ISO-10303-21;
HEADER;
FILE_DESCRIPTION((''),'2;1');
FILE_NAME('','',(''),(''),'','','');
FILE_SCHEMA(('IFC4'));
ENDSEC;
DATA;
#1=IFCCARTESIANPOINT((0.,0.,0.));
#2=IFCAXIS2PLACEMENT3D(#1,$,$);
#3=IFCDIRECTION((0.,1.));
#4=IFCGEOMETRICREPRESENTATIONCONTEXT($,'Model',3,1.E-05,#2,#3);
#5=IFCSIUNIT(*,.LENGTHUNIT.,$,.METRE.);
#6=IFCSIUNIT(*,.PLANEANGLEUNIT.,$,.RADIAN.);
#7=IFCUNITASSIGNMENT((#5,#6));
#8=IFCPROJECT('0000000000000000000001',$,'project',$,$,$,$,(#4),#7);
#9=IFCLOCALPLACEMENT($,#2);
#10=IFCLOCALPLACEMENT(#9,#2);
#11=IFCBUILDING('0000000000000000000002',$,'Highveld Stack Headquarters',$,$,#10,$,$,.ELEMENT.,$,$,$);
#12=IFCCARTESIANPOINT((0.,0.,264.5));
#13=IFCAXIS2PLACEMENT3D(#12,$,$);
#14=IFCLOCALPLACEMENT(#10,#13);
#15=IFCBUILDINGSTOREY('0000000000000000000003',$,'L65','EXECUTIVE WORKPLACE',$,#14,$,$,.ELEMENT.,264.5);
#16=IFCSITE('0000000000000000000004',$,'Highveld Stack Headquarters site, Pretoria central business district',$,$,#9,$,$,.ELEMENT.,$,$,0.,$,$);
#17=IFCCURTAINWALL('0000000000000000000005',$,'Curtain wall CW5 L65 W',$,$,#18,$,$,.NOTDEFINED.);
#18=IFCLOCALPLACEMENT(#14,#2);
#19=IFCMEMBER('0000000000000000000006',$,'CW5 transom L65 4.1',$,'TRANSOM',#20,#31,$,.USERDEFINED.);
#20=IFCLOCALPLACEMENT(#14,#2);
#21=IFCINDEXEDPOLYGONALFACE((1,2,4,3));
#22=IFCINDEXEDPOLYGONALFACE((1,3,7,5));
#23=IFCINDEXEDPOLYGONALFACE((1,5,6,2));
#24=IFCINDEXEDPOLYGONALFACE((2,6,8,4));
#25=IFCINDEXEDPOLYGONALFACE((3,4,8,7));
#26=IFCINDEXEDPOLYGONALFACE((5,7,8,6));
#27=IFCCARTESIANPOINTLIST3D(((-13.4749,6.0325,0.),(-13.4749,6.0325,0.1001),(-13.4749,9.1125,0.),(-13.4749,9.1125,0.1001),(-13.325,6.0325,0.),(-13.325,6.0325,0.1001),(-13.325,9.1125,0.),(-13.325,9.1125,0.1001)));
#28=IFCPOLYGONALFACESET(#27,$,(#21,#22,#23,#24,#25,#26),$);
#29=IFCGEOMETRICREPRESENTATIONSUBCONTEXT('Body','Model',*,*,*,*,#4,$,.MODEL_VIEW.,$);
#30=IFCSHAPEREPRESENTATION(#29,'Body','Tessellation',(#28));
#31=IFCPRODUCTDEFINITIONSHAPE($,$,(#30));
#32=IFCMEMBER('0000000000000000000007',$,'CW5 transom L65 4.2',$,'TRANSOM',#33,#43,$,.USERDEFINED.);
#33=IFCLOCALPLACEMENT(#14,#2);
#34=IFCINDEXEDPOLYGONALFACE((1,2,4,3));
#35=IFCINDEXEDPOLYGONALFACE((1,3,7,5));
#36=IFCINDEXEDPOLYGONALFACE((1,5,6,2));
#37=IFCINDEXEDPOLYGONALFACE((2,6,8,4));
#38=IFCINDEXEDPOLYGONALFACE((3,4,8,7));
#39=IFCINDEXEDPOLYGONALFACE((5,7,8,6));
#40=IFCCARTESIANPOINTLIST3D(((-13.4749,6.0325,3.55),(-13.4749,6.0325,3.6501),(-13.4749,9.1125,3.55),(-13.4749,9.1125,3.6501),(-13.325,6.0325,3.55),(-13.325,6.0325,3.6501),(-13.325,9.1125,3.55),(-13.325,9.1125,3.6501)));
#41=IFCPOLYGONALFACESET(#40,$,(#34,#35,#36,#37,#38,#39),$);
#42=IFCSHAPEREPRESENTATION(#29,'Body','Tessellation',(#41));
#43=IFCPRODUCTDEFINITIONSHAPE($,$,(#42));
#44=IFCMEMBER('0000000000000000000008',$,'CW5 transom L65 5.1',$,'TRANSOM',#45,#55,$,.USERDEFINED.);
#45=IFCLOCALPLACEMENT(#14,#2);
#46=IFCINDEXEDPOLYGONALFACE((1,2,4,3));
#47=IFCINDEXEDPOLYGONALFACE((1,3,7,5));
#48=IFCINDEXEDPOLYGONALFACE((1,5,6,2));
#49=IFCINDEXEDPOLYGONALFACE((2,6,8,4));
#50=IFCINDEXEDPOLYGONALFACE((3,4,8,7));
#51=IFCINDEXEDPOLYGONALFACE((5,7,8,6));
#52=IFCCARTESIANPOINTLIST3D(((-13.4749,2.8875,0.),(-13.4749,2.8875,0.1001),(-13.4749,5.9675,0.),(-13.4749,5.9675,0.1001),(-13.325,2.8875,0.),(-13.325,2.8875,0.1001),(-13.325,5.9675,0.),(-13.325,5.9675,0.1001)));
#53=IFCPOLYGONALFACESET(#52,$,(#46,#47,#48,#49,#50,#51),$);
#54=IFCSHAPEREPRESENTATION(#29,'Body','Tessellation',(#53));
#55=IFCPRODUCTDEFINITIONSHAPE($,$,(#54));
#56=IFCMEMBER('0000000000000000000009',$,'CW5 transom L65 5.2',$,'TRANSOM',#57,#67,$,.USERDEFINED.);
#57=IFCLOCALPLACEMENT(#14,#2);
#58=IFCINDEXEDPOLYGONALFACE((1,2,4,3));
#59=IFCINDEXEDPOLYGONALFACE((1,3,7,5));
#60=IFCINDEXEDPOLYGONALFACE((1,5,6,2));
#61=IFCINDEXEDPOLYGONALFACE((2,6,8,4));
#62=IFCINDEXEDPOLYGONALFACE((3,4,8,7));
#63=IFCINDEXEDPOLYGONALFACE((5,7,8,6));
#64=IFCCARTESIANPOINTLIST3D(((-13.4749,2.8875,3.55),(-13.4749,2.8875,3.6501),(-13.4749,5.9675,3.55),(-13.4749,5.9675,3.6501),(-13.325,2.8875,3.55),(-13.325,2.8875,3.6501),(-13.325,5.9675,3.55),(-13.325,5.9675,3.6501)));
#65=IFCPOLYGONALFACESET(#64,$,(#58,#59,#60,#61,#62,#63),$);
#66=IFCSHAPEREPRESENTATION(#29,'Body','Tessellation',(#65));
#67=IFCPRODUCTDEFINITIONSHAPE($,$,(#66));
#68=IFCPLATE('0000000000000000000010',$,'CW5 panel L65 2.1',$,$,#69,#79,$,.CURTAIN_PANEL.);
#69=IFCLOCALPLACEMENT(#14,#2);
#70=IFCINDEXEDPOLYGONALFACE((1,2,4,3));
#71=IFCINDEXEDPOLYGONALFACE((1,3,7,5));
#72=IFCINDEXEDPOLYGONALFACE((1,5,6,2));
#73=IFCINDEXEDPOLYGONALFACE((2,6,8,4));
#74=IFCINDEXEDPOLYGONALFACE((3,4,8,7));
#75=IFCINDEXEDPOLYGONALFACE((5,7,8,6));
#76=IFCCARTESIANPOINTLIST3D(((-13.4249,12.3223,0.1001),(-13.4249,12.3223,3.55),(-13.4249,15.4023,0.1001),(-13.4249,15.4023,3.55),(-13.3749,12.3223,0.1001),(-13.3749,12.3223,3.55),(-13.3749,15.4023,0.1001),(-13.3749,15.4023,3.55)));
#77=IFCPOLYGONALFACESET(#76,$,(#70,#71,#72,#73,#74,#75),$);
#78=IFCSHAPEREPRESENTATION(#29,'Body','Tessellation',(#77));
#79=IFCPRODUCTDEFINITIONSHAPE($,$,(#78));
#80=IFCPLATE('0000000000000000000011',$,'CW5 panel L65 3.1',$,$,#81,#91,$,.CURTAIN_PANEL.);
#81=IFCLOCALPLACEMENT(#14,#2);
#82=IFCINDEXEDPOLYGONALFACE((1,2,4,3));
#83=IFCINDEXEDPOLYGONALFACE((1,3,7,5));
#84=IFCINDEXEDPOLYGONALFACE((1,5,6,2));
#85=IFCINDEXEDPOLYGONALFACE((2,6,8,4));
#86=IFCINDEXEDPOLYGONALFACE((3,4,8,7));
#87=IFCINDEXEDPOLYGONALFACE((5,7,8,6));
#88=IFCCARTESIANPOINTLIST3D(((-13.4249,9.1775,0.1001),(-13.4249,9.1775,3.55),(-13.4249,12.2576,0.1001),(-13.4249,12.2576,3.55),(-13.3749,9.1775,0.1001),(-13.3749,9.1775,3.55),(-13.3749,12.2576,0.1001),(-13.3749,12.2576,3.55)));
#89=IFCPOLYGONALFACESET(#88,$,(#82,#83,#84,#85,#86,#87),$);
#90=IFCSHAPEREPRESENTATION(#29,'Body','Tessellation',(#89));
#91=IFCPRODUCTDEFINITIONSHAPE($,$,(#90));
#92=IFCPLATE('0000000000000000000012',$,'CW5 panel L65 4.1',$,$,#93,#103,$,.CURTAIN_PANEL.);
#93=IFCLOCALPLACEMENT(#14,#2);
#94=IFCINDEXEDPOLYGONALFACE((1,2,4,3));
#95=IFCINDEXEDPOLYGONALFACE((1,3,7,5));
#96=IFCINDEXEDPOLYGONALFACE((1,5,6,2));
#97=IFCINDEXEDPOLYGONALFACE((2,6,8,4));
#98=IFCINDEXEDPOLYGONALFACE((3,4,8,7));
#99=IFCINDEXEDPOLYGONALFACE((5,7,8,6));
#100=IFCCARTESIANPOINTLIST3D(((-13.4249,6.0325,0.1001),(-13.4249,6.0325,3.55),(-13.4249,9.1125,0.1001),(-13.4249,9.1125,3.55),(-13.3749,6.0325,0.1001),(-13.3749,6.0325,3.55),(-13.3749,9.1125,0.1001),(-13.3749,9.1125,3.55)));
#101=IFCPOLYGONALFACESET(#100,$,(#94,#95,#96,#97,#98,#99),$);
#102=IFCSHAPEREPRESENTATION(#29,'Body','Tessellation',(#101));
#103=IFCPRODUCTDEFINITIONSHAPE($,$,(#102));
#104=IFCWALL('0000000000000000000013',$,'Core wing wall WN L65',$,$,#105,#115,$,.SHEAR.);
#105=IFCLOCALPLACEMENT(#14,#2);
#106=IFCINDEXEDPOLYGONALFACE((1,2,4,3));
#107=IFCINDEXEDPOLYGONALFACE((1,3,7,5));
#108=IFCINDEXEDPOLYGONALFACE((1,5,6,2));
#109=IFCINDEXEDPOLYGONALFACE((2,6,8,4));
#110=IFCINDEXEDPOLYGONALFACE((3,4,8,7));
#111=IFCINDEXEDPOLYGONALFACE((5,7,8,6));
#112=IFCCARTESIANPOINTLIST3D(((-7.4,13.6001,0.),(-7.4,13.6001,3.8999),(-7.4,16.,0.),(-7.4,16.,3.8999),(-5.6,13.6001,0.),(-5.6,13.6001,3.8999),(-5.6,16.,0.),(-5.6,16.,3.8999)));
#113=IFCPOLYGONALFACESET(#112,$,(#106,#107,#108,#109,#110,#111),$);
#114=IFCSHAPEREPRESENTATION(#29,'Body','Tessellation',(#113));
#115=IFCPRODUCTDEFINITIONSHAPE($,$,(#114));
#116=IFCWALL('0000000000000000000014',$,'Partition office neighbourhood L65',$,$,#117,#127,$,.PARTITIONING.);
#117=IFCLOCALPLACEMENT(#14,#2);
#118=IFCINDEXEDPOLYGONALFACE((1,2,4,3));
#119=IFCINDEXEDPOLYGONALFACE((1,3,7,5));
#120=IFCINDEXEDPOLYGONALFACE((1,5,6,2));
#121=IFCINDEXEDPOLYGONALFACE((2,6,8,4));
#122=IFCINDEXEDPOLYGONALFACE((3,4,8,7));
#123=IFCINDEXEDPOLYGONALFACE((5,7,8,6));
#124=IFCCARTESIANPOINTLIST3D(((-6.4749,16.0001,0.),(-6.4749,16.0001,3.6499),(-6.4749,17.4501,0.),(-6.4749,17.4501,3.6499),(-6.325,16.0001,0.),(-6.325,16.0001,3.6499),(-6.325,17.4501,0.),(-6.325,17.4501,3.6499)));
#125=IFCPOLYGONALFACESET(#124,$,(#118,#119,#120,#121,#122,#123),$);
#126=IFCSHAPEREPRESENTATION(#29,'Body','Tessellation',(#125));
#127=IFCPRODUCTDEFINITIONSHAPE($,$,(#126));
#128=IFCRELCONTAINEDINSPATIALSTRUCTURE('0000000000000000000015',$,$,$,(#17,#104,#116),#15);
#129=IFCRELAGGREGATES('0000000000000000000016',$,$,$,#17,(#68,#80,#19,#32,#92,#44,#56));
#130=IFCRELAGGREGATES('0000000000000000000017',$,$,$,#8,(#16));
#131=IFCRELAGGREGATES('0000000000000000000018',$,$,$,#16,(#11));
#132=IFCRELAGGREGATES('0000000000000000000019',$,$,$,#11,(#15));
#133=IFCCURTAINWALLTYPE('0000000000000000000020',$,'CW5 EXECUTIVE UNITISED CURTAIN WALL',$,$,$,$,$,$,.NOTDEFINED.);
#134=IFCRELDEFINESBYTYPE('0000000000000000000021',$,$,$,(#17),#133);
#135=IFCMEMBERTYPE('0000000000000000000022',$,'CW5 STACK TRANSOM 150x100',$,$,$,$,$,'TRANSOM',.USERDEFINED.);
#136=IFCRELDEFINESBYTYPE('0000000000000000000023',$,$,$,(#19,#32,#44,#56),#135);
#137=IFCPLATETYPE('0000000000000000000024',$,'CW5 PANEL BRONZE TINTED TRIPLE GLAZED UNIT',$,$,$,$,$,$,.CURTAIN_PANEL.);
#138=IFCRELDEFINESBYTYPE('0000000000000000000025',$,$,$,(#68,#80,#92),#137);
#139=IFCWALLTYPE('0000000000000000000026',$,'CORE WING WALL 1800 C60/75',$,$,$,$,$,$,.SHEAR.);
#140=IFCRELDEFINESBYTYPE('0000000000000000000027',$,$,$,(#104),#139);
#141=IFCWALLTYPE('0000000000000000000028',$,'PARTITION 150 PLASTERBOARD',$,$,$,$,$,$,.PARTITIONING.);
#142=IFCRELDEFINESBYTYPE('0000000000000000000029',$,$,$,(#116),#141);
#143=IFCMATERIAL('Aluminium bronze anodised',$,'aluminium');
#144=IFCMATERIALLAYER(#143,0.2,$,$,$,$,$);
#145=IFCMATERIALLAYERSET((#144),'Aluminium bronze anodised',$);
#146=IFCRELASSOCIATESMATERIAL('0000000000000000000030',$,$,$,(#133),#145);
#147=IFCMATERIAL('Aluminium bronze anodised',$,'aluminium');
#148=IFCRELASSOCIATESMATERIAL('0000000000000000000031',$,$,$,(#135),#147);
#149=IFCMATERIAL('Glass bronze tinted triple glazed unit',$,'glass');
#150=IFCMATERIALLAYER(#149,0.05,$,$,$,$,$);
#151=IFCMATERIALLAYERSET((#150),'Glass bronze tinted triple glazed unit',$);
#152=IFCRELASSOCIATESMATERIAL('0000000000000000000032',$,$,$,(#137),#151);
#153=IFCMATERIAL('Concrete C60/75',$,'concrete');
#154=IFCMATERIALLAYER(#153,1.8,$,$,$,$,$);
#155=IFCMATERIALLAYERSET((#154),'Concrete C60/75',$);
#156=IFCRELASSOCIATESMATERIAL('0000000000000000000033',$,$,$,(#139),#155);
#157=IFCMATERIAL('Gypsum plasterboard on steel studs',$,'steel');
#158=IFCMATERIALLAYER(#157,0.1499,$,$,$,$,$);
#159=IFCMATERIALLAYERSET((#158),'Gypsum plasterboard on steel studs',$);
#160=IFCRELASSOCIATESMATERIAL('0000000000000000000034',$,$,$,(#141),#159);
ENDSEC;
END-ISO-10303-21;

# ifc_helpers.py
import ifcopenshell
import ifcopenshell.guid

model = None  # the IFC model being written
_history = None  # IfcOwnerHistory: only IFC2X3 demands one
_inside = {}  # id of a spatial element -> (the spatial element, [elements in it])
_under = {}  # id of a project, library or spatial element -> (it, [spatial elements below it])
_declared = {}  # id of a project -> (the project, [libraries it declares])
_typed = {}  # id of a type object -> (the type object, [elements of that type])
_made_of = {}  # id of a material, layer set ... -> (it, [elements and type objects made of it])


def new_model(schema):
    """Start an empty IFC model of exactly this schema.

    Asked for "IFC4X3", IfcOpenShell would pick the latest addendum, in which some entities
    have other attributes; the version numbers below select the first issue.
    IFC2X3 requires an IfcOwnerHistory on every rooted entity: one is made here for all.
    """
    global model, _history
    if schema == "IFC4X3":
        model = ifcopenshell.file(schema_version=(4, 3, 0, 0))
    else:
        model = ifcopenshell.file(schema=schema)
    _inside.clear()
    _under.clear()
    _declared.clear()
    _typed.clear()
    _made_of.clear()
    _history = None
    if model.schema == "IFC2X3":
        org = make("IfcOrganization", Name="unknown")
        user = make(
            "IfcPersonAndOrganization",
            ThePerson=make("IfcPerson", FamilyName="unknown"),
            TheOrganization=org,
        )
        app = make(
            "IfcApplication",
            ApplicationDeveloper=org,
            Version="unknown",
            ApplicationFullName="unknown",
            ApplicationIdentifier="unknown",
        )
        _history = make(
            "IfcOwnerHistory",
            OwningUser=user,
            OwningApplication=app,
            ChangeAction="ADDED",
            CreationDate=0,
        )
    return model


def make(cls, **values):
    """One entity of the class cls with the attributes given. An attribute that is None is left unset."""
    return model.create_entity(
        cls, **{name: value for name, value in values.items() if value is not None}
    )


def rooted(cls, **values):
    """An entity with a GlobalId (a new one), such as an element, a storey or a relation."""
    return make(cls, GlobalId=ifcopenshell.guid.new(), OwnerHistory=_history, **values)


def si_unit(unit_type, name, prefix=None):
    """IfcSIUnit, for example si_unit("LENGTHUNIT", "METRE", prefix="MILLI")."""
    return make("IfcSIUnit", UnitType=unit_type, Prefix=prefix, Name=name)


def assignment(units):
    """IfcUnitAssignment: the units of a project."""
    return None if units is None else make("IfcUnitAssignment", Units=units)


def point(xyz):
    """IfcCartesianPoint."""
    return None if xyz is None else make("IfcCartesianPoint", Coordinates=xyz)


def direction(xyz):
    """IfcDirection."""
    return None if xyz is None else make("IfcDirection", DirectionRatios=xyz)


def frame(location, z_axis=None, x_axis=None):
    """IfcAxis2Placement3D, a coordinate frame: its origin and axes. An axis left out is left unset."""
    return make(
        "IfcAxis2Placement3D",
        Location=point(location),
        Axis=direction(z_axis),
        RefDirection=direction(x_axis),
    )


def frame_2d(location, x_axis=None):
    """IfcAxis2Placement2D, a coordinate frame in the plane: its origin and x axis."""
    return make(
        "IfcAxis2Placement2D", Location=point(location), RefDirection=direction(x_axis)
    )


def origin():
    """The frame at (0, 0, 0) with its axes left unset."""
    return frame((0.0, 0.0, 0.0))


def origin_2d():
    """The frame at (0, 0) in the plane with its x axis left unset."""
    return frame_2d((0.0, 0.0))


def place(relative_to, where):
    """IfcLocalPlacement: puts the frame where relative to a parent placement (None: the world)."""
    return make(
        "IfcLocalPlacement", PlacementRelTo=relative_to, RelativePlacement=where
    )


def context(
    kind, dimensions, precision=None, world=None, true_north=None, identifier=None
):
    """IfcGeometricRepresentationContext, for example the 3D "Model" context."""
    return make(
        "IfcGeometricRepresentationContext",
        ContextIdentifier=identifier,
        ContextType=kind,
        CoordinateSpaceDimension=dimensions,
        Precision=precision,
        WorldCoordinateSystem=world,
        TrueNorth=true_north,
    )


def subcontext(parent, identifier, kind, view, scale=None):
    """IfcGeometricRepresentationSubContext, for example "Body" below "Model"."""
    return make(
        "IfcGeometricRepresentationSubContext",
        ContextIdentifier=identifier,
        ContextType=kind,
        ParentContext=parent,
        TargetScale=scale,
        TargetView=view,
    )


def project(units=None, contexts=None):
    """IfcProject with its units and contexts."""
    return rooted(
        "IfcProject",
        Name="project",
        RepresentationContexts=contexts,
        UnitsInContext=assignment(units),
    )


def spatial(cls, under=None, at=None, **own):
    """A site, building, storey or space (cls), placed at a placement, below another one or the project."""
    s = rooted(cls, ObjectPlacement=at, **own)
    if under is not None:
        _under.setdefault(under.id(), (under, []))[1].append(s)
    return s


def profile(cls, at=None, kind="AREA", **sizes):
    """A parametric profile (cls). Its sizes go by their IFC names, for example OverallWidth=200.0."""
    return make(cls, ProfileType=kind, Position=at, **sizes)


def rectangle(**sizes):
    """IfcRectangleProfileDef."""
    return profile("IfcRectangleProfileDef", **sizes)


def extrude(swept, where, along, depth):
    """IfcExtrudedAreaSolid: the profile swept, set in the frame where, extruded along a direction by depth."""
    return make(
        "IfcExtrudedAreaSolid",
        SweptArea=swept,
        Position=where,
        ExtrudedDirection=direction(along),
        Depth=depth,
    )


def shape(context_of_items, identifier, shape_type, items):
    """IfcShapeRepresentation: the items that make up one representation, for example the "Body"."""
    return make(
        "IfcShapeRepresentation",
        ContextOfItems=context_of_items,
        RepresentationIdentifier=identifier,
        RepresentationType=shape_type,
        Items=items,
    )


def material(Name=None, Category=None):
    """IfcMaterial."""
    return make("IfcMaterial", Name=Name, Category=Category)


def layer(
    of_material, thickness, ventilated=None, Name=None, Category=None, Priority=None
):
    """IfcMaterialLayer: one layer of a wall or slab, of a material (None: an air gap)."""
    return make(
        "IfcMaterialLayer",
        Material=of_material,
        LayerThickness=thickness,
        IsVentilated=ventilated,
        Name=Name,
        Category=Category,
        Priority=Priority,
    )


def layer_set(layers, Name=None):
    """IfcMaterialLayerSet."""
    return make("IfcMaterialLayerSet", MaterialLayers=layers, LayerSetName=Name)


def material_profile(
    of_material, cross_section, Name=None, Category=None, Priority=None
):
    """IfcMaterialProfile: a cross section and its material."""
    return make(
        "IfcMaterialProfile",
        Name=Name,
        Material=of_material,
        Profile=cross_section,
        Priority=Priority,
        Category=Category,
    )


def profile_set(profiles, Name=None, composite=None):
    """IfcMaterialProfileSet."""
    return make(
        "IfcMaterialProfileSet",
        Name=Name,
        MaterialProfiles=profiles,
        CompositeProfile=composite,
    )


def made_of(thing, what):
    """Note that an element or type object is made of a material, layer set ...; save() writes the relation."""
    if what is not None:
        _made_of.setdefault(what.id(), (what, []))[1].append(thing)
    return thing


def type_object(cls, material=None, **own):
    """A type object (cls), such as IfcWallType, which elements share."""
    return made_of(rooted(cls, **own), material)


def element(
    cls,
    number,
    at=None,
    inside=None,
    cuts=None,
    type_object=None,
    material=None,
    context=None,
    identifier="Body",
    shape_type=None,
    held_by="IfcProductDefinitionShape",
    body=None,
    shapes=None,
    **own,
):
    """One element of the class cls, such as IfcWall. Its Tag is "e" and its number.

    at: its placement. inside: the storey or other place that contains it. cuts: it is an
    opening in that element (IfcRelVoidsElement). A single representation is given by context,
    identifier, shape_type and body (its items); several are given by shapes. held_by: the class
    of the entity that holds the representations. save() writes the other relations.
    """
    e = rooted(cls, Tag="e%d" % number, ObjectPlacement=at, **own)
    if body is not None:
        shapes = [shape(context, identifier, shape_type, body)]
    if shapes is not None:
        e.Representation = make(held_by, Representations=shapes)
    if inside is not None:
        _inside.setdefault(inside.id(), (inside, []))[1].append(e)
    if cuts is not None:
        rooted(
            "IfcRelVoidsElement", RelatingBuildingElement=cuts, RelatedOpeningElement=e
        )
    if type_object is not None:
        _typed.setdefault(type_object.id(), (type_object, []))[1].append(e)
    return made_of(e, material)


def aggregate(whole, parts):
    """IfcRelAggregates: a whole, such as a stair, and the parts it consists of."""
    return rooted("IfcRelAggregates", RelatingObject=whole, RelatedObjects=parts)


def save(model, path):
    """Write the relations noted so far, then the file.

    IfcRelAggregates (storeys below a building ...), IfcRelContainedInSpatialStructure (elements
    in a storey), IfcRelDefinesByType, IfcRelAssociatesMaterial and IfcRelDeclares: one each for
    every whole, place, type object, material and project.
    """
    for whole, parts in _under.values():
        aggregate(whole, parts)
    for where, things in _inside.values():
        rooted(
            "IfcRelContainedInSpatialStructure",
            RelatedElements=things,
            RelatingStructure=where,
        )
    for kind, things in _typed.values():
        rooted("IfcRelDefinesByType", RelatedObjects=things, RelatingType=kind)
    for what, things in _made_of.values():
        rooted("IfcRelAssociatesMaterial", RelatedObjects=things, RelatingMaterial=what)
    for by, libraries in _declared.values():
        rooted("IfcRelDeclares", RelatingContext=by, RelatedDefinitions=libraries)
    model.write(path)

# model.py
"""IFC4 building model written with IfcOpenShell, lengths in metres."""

from ifc_helpers import new_model, si_unit, direction, frame, frame_2d, origin, origin_2d, place, context, subcontext, project, spatial, rectangle, extrude, material, layer, layer_set, material_profile, profile_set, type_object, element, aggregate, save


model = new_model("IFC4")

# Units and contexts
model_context = context("Model", 3, precision=1e-05, world=origin(), true_north=direction((0.0, 1.0)))
body_context = subcontext(model_context, "Body", "Model", "MODEL_VIEW")
ifc_project = project(units=[si_unit("LENGTHUNIT", "METRE"), si_unit("PLANEANGLEUNIT", "RADIAN")], contexts=[model_context])

# Site, building, storey
site_placement = place(None, origin())
site = spatial("IfcSite", under=ifc_project, at=site_placement, Name="Highveld Stack Headquarters site, Pretoria central business district", CompositionType="ELEMENT", RefElevation=0.0)
building_placement = place(site_placement, origin())
building = spatial("IfcBuilding", under=site, at=building_placement, Name="Highveld Stack Headquarters", CompositionType="ELEMENT")
storey_placement = place(building_placement, frame((0.0, 0.0, 264.5)))
storey = spatial("IfcBuildingStorey", under=building, at=storey_placement, Name="L65", Description="EXECUTIVE WORKPLACE", CompositionType="ELEMENT", Elevation=264.5)

# Curtain wall, members, plates
ifc_material_1 = material(Name="Aluminium bronze anodised", Category="aluminium")
ifc_layer_1 = layer(ifc_material_1, 0.2)
ifc_layer_set_1 = layer_set([ifc_layer_1], Name="Aluminium bronze anodised")
curtain_wall_type = type_object("IfcCurtainWallType", Name="CW5 EXECUTIVE UNITISED CURTAIN WALL", PredefinedType="NOTDEFINED", material=ifc_layer_set_1)
curtain_wall_placement = place(storey_placement, origin())
curtain_wall = element("IfcCurtainWall", 1, at=curtain_wall_placement, inside=storey, type_object=curtain_wall_type, Name="Curtain wall CW5 L65 W", PredefinedType="NOTDEFINED")
ifc_material_2 = material(Name="Aluminium bronze anodised", Category="aluminium")
ifc_material_profile_1 = material_profile(ifc_material_2, rectangle(XDim=0.1499, YDim=0.1001, at=origin_2d()), Name="CW5 TRANSOM 150x100")
ifc_profile_set_1 = profile_set([ifc_material_profile_1], Name="Aluminium bronze anodised")
member_type_1 = type_object("IfcMemberType", Name="CW5 STACK TRANSOM 150x100", ElementType="TRANSOM", PredefinedType="USERDEFINED", material=ifc_profile_set_1)
member_1_placement = place(storey_placement, frame((-13.3999, 9.1125, 0.05), z_axis=(0.0, -1.0, 0.0), x_axis=(1.0, 0.0, 0.0)))
member_1 = element("IfcMember", 2, at=member_1_placement, type_object=member_type_1, Name="CW5 transom L65 4.1", ObjectType="TRANSOM", PredefinedType="USERDEFINED", context=body_context, shape_type="SweptSolid", body=[
    extrude(rectangle(XDim=0.1499, YDim=0.1001, at=origin_2d()), origin(), (0.0, 0.0, 1.0), 3.0801),
])
member_2_placement = place(storey_placement, frame((-13.3999, 9.1125, 3.6001), z_axis=(0.0, -1.0, 0.0), x_axis=(1.0, 0.0, 0.0)))
member_2 = element("IfcMember", 3, at=member_2_placement, type_object=member_type_1, Name="CW5 transom L65 4.2", ObjectType="TRANSOM", PredefinedType="USERDEFINED", context=body_context, shape_type="SweptSolid", body=[
    extrude(rectangle(XDim=0.1499, YDim=0.1001, at=origin_2d()), origin(), (0.0, 0.0, 1.0), 3.0801),
])
member_3_placement = place(storey_placement, frame((-13.3999, 5.9675, 0.05), z_axis=(0.0, -1.0, 0.0), x_axis=(1.0, 0.0, 0.0)))
member_3 = element("IfcMember", 4, at=member_3_placement, type_object=member_type_1, Name="CW5 transom L65 5.1", ObjectType="TRANSOM", PredefinedType="USERDEFINED", context=body_context, shape_type="SweptSolid", body=[
    extrude(rectangle(XDim=0.1499, YDim=0.1001, at=origin_2d()), origin(), (0.0, 0.0, 1.0), 3.0801),
])
member_4_placement = place(storey_placement, frame((-13.3999, 5.9675, 3.6001), z_axis=(0.0, -1.0, 0.0), x_axis=(1.0, 0.0, 0.0)))
member_4 = element("IfcMember", 5, at=member_4_placement, type_object=member_type_1, Name="CW5 transom L65 5.2", ObjectType="TRANSOM", PredefinedType="USERDEFINED", context=body_context, shape_type="SweptSolid", body=[
    extrude(rectangle(XDim=0.1499, YDim=0.1001, at=origin_2d()), origin(), (0.0, 0.0, 1.0), 3.0801),
])
ifc_material_3 = material(Name="Glass bronze tinted triple glazed unit", Category="glass")
ifc_layer_2 = layer(ifc_material_3, 0.05)
ifc_layer_set_2 = layer_set([ifc_layer_2], Name="Glass bronze tinted triple glazed unit")
plate_type = type_object("IfcPlateType", Name="CW5 PANEL BRONZE TINTED TRIPLE GLAZED UNIT", PredefinedType="CURTAIN_PANEL", material=ifc_layer_set_2)
plate_1_placement = place(storey_placement, frame((-13.3999, 13.8623, 0.1001), z_axis=(0.0, 0.0, 1.0), x_axis=(0.0, -1.0, 0.0)))
plate_1 = element("IfcPlate", 6, at=plate_1_placement, type_object=plate_type, Name="CW5 panel L65 2.1", PredefinedType="CURTAIN_PANEL", context=body_context, shape_type="SweptSolid", body=[
    extrude(rectangle(XDim=3.0801, YDim=0.05, at=origin_2d()), origin(), (0.0, 0.0, 1.0), 3.45),
])
plate_2_placement = place(storey_placement, frame((-13.3999, 10.7175, 0.1001), z_axis=(0.0, 0.0, 1.0), x_axis=(0.0, -1.0, 0.0)))
plate_2 = element("IfcPlate", 7, at=plate_2_placement, type_object=plate_type, Name="CW5 panel L65 3.1", PredefinedType="CURTAIN_PANEL", context=body_context, shape_type="SweptSolid", body=[
    extrude(rectangle(XDim=3.0801, YDim=0.05, at=origin_2d()), origin(), (0.0, 0.0, 1.0), 3.45),
])
plate_3_placement = place(storey_placement, frame((-13.3999, 7.5725, 0.1001), z_axis=(0.0, 0.0, 1.0), x_axis=(0.0, -1.0, 0.0)))
plate_3 = element("IfcPlate", 8, at=plate_3_placement, type_object=plate_type, Name="CW5 panel L65 4.1", PredefinedType="CURTAIN_PANEL", context=body_context, shape_type="SweptSolid", body=[
    extrude(rectangle(XDim=3.0801, YDim=0.05, at=origin_2d()), origin(), (0.0, 0.0, 1.0), 3.45),
])
aggregate(curtain_wall, [plate_1, plate_2, member_1, member_2, plate_3, member_3, member_4])

# Walls
ifc_material_4 = material(Name="Concrete C60/75", Category="concrete")
ifc_layer_3 = layer(ifc_material_4, 1.8)
ifc_layer_set_3 = layer_set([ifc_layer_3], Name="Concrete C60/75")
wall_type_1 = type_object("IfcWallType", Name="CORE WING WALL 1800 C60/75", PredefinedType="SHEAR", material=ifc_layer_set_3)
wall_1_placement = place(storey_placement, frame((-6.5, 13.6001, 0.0), z_axis=(0.0, 0.0, 1.0), x_axis=(0.0, 1.0, 0.0)))
element("IfcWall", 9, at=wall_1_placement, inside=storey, type_object=wall_type_1, Name="Core wing wall WN L65", PredefinedType="SHEAR", context=body_context, shape_type="SweptSolid", body=[
    extrude(rectangle(XDim=2.3999, YDim=1.8, at=frame_2d((1.2, 0.0))), origin(), (0.0, 0.0, 1.0), 3.8999),
])
ifc_material_5 = material(Name="Gypsum plasterboard on steel studs", Category="steel")
ifc_layer_4 = layer(ifc_material_5, 0.1499)
ifc_layer_set_4 = layer_set([ifc_layer_4], Name="Gypsum plasterboard on steel studs")
wall_type_2 = type_object("IfcWallType", Name="PARTITION 150 PLASTERBOARD", PredefinedType="PARTITIONING", material=ifc_layer_set_4)
wall_2_placement = place(storey_placement, frame((-6.3999, 16.0, 0.0), z_axis=(0.0, 0.0, 1.0), x_axis=(0.0, 1.0, 0.0)))
element("IfcWall", 10, at=wall_2_placement, inside=storey, type_object=wall_type_2, Name="Partition office neighbourhood L65", PredefinedType="PARTITIONING", context=body_context, shape_type="SweptSolid", body=[
    extrude(rectangle(XDim=1.45, YDim=0.1499, at=frame_2d((0.7251, 0.0))), origin(), (0.0, 0.0, 1.0), 3.6499),
])

save(model, "model.ifc")
